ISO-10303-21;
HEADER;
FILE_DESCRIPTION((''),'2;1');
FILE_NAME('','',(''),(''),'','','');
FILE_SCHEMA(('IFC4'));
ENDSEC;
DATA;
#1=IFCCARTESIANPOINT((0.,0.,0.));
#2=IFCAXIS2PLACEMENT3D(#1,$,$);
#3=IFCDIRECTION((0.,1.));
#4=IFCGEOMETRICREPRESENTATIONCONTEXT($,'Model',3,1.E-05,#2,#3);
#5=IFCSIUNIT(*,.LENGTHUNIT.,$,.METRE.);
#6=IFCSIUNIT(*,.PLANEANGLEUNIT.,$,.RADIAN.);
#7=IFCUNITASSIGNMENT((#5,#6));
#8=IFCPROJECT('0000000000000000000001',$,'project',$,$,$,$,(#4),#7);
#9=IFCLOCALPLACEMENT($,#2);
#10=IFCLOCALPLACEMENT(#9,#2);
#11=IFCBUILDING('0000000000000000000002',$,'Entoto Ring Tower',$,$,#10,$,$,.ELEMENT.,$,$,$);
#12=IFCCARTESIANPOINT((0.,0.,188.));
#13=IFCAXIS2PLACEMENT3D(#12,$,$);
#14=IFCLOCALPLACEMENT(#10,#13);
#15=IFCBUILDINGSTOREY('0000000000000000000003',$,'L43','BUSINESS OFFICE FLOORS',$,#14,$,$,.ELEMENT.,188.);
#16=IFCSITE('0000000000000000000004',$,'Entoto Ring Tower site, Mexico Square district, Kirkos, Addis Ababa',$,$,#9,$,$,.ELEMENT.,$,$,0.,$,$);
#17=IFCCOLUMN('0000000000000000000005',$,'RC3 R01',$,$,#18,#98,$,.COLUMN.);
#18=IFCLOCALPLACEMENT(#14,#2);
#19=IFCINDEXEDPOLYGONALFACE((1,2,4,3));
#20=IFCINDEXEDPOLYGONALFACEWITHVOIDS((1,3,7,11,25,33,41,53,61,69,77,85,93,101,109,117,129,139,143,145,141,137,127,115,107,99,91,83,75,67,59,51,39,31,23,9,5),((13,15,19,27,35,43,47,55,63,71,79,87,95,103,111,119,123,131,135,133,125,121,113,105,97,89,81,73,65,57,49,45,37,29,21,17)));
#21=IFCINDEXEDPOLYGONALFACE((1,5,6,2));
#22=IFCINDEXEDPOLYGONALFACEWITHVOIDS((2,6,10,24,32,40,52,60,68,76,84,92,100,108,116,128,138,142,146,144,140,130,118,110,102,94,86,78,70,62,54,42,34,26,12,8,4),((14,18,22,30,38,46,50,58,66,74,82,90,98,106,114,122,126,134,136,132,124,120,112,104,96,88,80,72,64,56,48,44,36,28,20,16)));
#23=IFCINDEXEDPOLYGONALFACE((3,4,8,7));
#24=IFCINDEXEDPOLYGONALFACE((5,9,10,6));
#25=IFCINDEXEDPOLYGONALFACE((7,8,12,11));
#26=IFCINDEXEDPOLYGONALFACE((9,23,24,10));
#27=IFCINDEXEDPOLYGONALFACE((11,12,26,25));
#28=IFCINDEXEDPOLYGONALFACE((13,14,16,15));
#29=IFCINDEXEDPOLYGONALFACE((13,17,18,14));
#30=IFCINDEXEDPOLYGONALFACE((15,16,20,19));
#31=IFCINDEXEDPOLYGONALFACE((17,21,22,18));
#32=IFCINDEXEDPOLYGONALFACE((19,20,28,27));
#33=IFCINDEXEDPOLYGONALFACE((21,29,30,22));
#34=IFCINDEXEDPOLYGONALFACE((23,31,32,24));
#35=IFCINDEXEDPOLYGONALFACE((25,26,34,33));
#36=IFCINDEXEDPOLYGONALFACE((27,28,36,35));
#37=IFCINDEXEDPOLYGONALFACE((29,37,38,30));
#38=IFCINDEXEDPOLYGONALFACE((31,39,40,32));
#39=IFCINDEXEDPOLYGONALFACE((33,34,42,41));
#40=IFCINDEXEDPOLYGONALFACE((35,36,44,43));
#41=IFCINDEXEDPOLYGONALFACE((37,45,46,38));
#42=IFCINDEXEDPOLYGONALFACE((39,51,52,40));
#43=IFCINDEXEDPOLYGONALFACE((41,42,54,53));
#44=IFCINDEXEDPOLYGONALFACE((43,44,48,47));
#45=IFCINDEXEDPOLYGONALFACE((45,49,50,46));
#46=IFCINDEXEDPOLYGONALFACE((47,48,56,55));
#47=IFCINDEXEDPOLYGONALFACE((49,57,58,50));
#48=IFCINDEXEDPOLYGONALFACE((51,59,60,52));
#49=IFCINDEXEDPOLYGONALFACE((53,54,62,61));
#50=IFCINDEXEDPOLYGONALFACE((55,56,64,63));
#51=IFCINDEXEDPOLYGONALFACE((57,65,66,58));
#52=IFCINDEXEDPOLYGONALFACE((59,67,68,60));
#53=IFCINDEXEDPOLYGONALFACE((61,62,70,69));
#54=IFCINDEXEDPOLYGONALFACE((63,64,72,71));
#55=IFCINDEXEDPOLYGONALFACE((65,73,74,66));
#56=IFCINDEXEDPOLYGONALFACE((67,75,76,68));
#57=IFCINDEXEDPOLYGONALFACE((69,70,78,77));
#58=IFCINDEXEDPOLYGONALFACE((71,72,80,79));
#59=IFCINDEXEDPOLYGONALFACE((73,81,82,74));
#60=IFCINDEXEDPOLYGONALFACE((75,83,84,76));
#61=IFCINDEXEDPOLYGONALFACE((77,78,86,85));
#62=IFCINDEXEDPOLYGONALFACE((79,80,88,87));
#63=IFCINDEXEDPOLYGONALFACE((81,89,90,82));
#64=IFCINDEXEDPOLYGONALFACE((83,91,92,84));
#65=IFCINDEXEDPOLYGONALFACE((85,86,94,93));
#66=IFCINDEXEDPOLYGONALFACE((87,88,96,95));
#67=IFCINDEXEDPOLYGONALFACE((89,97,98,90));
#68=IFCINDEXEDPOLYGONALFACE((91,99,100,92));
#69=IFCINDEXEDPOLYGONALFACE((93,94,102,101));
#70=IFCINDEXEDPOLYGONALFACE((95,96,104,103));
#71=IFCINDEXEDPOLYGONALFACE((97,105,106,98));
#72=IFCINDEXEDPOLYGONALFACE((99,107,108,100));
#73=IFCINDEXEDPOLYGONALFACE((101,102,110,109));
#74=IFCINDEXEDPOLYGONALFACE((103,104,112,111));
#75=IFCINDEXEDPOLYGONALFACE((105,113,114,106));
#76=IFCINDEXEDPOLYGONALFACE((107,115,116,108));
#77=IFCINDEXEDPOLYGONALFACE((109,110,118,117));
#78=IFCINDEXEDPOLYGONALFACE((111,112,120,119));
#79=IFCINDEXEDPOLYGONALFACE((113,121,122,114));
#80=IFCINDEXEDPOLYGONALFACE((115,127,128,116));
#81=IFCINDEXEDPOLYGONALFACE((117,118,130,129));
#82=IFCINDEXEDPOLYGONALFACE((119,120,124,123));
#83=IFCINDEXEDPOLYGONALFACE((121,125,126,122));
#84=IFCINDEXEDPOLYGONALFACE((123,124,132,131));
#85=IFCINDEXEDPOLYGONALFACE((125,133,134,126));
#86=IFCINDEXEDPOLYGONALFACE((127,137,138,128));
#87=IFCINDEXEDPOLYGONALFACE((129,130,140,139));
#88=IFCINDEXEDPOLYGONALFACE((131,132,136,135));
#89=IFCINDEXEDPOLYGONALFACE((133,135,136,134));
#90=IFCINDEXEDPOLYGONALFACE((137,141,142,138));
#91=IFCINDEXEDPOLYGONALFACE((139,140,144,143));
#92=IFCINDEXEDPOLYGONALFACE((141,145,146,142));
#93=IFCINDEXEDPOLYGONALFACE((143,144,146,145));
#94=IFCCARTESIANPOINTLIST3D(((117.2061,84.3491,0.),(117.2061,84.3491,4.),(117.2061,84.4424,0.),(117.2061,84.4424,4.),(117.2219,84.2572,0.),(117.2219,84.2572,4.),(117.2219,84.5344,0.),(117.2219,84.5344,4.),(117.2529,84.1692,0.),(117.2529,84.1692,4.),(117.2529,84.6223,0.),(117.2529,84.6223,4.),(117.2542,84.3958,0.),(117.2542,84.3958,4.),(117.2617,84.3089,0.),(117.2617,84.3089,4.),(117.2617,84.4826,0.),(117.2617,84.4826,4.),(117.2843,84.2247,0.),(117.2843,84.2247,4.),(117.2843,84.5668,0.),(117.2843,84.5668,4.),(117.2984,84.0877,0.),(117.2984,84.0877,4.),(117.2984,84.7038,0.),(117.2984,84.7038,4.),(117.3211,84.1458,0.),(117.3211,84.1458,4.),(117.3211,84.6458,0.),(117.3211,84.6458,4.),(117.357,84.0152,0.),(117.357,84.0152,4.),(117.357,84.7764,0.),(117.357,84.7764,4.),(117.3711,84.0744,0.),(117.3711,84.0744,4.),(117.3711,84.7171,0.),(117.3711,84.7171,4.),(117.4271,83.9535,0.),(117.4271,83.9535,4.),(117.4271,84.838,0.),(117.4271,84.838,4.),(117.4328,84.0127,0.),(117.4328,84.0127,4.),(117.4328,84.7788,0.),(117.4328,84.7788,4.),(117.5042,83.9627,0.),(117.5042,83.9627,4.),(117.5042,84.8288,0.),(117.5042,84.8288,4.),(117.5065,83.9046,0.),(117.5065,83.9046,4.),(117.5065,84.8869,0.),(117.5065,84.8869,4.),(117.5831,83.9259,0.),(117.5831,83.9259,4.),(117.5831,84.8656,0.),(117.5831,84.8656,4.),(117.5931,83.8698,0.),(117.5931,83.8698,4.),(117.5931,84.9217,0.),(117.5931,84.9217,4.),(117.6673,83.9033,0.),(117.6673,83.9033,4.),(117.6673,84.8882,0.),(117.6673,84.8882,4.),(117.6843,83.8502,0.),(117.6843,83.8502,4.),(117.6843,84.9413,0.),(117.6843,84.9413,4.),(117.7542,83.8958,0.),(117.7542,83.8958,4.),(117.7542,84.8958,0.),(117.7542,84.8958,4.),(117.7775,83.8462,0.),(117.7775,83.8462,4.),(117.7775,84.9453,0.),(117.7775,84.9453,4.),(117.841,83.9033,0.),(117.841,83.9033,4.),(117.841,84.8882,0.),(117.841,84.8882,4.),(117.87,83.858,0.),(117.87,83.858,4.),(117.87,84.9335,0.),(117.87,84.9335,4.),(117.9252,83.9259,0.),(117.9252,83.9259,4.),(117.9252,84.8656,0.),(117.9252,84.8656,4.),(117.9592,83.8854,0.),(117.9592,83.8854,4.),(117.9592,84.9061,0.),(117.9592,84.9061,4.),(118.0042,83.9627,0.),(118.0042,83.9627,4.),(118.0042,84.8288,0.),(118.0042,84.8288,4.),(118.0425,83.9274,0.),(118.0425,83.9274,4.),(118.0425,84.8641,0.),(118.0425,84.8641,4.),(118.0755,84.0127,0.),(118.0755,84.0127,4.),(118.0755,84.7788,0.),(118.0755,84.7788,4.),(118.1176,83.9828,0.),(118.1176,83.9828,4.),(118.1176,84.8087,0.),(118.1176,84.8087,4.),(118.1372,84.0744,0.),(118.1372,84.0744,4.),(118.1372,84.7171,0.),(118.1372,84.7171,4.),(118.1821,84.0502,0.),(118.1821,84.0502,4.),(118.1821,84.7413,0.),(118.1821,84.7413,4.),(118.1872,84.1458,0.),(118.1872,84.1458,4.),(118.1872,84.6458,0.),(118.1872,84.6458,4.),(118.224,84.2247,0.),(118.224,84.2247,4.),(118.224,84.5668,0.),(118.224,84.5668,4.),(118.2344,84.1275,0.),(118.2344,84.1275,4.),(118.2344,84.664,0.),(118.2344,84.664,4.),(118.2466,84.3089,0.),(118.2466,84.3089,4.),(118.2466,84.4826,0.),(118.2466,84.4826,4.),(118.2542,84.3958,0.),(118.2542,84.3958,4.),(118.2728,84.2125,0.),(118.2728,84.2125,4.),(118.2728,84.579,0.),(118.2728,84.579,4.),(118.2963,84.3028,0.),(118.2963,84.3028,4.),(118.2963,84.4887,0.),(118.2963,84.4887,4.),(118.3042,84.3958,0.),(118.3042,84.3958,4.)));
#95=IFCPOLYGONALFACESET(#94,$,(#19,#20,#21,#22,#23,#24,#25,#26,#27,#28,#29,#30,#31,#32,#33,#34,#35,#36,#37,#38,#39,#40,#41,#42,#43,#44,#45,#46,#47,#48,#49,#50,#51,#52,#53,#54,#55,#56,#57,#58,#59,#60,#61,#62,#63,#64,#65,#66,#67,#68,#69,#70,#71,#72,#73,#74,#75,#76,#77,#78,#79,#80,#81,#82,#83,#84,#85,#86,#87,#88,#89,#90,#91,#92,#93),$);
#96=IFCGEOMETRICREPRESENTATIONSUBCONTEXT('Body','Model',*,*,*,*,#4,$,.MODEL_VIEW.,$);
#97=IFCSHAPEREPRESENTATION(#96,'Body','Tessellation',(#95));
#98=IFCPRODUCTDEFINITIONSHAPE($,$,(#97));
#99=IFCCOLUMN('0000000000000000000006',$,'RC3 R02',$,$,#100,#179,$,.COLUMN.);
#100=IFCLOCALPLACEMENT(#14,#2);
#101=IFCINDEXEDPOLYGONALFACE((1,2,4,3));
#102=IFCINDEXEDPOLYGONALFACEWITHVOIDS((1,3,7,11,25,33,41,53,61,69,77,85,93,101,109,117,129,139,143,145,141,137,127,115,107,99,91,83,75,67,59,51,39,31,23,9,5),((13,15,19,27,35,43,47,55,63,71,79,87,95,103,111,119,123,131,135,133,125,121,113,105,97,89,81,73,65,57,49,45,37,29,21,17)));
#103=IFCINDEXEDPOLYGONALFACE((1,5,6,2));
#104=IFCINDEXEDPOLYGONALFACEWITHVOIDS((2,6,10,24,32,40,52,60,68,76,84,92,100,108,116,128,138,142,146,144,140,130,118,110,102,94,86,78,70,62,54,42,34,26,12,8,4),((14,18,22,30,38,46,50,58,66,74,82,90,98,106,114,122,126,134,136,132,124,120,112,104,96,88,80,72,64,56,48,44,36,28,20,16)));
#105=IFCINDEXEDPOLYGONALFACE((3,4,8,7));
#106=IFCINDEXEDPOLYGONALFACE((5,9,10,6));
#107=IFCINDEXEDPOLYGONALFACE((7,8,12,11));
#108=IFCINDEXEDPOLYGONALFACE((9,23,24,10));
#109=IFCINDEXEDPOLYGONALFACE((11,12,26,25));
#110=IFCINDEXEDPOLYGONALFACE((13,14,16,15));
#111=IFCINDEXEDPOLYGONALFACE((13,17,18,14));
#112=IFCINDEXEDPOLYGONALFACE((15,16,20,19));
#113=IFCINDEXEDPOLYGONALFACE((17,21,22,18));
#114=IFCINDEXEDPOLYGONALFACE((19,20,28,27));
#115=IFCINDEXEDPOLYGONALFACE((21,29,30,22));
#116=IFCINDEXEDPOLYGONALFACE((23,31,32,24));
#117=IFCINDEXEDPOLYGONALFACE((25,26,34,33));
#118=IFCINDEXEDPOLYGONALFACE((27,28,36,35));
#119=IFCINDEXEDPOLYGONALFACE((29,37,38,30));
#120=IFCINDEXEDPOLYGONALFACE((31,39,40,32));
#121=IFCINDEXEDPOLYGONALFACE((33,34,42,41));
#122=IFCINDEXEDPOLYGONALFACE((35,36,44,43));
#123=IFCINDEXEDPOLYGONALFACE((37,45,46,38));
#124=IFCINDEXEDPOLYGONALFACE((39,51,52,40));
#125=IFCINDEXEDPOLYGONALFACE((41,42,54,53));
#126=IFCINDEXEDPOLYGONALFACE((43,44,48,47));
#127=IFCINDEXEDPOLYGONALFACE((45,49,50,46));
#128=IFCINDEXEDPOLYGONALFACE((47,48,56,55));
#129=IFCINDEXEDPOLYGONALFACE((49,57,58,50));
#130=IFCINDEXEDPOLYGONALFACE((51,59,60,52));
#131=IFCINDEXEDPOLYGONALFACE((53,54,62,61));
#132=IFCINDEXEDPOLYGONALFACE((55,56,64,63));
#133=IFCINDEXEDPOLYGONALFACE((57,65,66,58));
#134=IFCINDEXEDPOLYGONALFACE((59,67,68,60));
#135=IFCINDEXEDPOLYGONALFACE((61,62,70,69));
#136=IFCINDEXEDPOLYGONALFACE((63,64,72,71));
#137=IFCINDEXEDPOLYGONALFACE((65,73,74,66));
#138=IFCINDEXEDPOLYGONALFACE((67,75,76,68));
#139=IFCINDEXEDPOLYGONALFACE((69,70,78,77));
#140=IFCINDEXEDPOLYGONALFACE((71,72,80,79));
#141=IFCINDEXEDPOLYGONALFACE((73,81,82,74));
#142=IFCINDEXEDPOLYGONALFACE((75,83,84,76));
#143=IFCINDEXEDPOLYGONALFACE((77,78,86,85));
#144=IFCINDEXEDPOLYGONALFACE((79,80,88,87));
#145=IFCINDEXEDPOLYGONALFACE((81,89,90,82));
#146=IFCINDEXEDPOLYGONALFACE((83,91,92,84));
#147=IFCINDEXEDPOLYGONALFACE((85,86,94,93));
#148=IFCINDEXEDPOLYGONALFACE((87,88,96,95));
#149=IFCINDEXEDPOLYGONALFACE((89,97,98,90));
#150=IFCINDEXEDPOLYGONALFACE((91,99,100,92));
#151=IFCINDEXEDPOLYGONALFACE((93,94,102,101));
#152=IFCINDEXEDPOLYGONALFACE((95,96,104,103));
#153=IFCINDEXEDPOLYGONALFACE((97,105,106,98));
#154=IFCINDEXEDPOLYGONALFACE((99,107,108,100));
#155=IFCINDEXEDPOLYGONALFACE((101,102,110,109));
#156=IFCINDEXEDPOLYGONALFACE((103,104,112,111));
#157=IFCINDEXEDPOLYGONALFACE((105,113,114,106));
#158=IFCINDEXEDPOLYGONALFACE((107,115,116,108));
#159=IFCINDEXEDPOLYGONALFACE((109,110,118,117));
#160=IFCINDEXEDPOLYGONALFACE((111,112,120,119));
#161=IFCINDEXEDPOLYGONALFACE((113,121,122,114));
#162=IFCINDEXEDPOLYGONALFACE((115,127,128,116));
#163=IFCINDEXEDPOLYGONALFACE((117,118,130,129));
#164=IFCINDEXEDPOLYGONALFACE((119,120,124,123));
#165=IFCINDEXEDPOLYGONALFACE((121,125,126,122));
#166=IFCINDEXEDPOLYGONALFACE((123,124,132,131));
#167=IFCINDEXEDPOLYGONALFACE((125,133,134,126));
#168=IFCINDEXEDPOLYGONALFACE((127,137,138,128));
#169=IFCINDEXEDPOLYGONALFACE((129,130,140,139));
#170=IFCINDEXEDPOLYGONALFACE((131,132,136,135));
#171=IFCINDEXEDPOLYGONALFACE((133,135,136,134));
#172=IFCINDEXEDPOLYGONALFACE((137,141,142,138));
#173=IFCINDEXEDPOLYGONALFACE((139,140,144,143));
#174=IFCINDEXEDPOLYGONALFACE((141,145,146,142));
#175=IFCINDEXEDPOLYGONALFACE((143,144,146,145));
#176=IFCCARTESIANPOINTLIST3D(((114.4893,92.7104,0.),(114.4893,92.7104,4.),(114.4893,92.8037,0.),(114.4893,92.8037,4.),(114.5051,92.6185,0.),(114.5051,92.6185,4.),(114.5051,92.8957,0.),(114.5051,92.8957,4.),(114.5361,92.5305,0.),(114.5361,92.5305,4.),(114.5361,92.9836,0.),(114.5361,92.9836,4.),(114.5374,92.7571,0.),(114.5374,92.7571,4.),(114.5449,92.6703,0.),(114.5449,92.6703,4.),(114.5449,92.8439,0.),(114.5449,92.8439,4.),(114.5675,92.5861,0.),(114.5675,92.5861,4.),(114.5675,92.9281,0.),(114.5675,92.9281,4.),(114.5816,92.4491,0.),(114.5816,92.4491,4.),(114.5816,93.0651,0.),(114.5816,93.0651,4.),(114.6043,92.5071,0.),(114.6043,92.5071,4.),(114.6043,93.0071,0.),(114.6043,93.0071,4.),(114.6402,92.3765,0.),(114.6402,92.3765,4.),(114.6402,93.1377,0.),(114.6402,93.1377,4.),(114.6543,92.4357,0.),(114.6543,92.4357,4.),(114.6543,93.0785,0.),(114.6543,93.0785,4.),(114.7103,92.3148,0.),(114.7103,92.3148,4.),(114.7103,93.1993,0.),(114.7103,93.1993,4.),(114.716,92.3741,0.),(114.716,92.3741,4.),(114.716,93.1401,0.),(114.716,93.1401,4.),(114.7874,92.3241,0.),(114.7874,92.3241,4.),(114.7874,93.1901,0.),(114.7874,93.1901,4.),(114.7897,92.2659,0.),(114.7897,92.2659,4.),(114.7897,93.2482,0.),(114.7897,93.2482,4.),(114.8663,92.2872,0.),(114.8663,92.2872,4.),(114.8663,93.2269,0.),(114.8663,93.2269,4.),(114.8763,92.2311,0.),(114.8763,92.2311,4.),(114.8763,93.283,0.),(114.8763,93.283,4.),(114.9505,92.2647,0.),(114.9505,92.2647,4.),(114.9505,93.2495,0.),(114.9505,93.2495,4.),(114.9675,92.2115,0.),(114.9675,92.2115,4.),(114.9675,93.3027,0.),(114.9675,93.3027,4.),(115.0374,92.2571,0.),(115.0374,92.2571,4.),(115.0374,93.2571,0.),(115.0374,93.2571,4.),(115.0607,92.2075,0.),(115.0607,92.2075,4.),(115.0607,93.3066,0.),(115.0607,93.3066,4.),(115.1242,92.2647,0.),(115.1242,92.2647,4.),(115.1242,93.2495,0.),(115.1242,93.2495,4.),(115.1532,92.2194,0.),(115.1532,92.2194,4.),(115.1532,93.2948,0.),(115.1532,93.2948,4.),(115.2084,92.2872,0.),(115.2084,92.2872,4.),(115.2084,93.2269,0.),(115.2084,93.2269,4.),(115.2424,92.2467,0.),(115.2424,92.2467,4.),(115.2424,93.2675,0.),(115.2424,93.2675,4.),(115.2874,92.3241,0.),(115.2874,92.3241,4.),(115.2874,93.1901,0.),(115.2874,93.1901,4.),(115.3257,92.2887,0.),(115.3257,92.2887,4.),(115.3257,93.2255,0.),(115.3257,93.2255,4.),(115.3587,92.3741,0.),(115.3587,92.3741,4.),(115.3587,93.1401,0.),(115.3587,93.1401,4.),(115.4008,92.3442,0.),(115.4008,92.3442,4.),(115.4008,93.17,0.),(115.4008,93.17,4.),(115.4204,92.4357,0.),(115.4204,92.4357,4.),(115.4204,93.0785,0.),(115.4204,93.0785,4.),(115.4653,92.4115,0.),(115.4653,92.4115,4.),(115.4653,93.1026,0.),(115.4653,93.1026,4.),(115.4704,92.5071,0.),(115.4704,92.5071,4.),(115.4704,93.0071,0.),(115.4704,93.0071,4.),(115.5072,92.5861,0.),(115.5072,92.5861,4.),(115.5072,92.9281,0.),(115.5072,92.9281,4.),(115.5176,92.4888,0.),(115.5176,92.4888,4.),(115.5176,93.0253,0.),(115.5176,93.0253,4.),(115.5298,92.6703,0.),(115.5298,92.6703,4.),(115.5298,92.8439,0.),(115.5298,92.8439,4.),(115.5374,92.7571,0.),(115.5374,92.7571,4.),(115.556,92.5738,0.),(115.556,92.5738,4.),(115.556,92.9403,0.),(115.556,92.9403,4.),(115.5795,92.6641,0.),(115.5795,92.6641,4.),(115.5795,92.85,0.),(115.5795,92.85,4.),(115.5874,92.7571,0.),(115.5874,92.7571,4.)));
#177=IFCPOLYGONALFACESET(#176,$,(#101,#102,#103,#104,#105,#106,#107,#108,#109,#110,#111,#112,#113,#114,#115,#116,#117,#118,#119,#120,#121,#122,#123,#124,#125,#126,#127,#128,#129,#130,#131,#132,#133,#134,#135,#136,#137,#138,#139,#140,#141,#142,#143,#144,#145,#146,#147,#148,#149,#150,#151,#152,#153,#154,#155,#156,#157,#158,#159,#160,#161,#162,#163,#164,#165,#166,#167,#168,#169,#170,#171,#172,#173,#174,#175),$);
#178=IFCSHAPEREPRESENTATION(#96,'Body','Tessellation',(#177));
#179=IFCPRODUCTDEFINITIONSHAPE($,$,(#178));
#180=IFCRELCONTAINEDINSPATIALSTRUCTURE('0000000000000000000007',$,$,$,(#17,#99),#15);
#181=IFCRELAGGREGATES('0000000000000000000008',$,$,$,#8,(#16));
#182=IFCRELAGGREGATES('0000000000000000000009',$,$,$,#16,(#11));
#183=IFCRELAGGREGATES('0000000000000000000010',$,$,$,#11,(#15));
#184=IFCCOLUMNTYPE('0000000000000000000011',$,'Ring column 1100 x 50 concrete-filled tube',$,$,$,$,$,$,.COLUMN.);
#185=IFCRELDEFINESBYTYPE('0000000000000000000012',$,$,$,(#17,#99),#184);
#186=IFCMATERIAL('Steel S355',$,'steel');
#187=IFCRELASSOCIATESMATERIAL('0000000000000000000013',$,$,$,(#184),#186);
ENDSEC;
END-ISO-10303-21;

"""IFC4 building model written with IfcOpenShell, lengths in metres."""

from ifc_helpers import new_model, si_unit, direction, frame, origin, origin_2d, place, context, subcontext, project, spatial, circle, hollow_circle, extrude, material, material_profile, profile_set, type_object, element, save


model = new_model("IFC4")

# Units and contexts
model_context = context("Model", 3, precision=1e-05, world=origin(), true_north=direction((0.0, 1.0)))
body_context = subcontext(model_context, "Body", "Model", "MODEL_VIEW")
ifc_project = project(units=[si_unit("LENGTHUNIT", "METRE"), si_unit("PLANEANGLEUNIT", "RADIAN")], contexts=[model_context])

# Site, building, storey
site_placement = place(None, origin())
site = spatial("IfcSite", under=ifc_project, at=site_placement, Name="Entoto Ring Tower site, Mexico Square district, Kirkos, Addis Ababa", CompositionType="ELEMENT", RefElevation=0.0)
building_placement = place(site_placement, origin())
building = spatial("IfcBuilding", under=site, at=building_placement, Name="Entoto Ring Tower", CompositionType="ELEMENT")
storey_placement = place(building_placement, frame((0.0, 0.0, 188.0)))
storey = spatial("IfcBuildingStorey", under=building, at=storey_placement, Name="L43", Description="BUSINESS OFFICE FLOORS", CompositionType="ELEMENT", Elevation=188.0)

# Columns
ifc_material_1 = material(Name="Steel S355", Category="steel")
ifc_material_profile_1 = material_profile(ifc_material_1, hollow_circle(Radius=0.55, WallThickness=0.05, at=origin_2d()), Name="CHS 1100 x 50")
ifc_material_2 = material(Name="Concrete C60/75", Category="concrete")
ifc_material_profile_2 = material_profile(ifc_material_2, circle(Radius=0.5, at=origin_2d()), Name="Concrete C60/75 infill")
ifc_profile_set_1 = profile_set([ifc_material_profile_1, ifc_material_profile_2], Name="Steel S355")
column_type = type_object("IfcColumnType", Name="Ring column 1100 x 50 concrete-filled tube", PredefinedType="COLUMN", material=ifc_profile_set_1)
for number, where, z_axis, x_axis, name in (
    (1, (117.7542, 84.3958, 0.0), (0.0, 0.0, 1.0), (1.0, 0.0, 0.0), "RC3 R01"),
    (2, (115.0374, 92.7571, 0.0), (0.0, 0.0, 1.0), (1.0, 0.0, 0.0), "RC3 R02"),
):
    element("IfcColumn", number, at=place(storey_placement, frame(where, z_axis=z_axis, x_axis=x_axis)), inside=storey, type_object=column_type, Name=name, PredefinedType="COLUMN", context=body_context, shape_type="SweptSolid", body=[
        extrude(hollow_circle(Radius=0.55, WallThickness=0.05, at=origin_2d()), origin(), (0.0, 0.0, 1.0), 4.0),
    ])

save(model, "model.ifc")
